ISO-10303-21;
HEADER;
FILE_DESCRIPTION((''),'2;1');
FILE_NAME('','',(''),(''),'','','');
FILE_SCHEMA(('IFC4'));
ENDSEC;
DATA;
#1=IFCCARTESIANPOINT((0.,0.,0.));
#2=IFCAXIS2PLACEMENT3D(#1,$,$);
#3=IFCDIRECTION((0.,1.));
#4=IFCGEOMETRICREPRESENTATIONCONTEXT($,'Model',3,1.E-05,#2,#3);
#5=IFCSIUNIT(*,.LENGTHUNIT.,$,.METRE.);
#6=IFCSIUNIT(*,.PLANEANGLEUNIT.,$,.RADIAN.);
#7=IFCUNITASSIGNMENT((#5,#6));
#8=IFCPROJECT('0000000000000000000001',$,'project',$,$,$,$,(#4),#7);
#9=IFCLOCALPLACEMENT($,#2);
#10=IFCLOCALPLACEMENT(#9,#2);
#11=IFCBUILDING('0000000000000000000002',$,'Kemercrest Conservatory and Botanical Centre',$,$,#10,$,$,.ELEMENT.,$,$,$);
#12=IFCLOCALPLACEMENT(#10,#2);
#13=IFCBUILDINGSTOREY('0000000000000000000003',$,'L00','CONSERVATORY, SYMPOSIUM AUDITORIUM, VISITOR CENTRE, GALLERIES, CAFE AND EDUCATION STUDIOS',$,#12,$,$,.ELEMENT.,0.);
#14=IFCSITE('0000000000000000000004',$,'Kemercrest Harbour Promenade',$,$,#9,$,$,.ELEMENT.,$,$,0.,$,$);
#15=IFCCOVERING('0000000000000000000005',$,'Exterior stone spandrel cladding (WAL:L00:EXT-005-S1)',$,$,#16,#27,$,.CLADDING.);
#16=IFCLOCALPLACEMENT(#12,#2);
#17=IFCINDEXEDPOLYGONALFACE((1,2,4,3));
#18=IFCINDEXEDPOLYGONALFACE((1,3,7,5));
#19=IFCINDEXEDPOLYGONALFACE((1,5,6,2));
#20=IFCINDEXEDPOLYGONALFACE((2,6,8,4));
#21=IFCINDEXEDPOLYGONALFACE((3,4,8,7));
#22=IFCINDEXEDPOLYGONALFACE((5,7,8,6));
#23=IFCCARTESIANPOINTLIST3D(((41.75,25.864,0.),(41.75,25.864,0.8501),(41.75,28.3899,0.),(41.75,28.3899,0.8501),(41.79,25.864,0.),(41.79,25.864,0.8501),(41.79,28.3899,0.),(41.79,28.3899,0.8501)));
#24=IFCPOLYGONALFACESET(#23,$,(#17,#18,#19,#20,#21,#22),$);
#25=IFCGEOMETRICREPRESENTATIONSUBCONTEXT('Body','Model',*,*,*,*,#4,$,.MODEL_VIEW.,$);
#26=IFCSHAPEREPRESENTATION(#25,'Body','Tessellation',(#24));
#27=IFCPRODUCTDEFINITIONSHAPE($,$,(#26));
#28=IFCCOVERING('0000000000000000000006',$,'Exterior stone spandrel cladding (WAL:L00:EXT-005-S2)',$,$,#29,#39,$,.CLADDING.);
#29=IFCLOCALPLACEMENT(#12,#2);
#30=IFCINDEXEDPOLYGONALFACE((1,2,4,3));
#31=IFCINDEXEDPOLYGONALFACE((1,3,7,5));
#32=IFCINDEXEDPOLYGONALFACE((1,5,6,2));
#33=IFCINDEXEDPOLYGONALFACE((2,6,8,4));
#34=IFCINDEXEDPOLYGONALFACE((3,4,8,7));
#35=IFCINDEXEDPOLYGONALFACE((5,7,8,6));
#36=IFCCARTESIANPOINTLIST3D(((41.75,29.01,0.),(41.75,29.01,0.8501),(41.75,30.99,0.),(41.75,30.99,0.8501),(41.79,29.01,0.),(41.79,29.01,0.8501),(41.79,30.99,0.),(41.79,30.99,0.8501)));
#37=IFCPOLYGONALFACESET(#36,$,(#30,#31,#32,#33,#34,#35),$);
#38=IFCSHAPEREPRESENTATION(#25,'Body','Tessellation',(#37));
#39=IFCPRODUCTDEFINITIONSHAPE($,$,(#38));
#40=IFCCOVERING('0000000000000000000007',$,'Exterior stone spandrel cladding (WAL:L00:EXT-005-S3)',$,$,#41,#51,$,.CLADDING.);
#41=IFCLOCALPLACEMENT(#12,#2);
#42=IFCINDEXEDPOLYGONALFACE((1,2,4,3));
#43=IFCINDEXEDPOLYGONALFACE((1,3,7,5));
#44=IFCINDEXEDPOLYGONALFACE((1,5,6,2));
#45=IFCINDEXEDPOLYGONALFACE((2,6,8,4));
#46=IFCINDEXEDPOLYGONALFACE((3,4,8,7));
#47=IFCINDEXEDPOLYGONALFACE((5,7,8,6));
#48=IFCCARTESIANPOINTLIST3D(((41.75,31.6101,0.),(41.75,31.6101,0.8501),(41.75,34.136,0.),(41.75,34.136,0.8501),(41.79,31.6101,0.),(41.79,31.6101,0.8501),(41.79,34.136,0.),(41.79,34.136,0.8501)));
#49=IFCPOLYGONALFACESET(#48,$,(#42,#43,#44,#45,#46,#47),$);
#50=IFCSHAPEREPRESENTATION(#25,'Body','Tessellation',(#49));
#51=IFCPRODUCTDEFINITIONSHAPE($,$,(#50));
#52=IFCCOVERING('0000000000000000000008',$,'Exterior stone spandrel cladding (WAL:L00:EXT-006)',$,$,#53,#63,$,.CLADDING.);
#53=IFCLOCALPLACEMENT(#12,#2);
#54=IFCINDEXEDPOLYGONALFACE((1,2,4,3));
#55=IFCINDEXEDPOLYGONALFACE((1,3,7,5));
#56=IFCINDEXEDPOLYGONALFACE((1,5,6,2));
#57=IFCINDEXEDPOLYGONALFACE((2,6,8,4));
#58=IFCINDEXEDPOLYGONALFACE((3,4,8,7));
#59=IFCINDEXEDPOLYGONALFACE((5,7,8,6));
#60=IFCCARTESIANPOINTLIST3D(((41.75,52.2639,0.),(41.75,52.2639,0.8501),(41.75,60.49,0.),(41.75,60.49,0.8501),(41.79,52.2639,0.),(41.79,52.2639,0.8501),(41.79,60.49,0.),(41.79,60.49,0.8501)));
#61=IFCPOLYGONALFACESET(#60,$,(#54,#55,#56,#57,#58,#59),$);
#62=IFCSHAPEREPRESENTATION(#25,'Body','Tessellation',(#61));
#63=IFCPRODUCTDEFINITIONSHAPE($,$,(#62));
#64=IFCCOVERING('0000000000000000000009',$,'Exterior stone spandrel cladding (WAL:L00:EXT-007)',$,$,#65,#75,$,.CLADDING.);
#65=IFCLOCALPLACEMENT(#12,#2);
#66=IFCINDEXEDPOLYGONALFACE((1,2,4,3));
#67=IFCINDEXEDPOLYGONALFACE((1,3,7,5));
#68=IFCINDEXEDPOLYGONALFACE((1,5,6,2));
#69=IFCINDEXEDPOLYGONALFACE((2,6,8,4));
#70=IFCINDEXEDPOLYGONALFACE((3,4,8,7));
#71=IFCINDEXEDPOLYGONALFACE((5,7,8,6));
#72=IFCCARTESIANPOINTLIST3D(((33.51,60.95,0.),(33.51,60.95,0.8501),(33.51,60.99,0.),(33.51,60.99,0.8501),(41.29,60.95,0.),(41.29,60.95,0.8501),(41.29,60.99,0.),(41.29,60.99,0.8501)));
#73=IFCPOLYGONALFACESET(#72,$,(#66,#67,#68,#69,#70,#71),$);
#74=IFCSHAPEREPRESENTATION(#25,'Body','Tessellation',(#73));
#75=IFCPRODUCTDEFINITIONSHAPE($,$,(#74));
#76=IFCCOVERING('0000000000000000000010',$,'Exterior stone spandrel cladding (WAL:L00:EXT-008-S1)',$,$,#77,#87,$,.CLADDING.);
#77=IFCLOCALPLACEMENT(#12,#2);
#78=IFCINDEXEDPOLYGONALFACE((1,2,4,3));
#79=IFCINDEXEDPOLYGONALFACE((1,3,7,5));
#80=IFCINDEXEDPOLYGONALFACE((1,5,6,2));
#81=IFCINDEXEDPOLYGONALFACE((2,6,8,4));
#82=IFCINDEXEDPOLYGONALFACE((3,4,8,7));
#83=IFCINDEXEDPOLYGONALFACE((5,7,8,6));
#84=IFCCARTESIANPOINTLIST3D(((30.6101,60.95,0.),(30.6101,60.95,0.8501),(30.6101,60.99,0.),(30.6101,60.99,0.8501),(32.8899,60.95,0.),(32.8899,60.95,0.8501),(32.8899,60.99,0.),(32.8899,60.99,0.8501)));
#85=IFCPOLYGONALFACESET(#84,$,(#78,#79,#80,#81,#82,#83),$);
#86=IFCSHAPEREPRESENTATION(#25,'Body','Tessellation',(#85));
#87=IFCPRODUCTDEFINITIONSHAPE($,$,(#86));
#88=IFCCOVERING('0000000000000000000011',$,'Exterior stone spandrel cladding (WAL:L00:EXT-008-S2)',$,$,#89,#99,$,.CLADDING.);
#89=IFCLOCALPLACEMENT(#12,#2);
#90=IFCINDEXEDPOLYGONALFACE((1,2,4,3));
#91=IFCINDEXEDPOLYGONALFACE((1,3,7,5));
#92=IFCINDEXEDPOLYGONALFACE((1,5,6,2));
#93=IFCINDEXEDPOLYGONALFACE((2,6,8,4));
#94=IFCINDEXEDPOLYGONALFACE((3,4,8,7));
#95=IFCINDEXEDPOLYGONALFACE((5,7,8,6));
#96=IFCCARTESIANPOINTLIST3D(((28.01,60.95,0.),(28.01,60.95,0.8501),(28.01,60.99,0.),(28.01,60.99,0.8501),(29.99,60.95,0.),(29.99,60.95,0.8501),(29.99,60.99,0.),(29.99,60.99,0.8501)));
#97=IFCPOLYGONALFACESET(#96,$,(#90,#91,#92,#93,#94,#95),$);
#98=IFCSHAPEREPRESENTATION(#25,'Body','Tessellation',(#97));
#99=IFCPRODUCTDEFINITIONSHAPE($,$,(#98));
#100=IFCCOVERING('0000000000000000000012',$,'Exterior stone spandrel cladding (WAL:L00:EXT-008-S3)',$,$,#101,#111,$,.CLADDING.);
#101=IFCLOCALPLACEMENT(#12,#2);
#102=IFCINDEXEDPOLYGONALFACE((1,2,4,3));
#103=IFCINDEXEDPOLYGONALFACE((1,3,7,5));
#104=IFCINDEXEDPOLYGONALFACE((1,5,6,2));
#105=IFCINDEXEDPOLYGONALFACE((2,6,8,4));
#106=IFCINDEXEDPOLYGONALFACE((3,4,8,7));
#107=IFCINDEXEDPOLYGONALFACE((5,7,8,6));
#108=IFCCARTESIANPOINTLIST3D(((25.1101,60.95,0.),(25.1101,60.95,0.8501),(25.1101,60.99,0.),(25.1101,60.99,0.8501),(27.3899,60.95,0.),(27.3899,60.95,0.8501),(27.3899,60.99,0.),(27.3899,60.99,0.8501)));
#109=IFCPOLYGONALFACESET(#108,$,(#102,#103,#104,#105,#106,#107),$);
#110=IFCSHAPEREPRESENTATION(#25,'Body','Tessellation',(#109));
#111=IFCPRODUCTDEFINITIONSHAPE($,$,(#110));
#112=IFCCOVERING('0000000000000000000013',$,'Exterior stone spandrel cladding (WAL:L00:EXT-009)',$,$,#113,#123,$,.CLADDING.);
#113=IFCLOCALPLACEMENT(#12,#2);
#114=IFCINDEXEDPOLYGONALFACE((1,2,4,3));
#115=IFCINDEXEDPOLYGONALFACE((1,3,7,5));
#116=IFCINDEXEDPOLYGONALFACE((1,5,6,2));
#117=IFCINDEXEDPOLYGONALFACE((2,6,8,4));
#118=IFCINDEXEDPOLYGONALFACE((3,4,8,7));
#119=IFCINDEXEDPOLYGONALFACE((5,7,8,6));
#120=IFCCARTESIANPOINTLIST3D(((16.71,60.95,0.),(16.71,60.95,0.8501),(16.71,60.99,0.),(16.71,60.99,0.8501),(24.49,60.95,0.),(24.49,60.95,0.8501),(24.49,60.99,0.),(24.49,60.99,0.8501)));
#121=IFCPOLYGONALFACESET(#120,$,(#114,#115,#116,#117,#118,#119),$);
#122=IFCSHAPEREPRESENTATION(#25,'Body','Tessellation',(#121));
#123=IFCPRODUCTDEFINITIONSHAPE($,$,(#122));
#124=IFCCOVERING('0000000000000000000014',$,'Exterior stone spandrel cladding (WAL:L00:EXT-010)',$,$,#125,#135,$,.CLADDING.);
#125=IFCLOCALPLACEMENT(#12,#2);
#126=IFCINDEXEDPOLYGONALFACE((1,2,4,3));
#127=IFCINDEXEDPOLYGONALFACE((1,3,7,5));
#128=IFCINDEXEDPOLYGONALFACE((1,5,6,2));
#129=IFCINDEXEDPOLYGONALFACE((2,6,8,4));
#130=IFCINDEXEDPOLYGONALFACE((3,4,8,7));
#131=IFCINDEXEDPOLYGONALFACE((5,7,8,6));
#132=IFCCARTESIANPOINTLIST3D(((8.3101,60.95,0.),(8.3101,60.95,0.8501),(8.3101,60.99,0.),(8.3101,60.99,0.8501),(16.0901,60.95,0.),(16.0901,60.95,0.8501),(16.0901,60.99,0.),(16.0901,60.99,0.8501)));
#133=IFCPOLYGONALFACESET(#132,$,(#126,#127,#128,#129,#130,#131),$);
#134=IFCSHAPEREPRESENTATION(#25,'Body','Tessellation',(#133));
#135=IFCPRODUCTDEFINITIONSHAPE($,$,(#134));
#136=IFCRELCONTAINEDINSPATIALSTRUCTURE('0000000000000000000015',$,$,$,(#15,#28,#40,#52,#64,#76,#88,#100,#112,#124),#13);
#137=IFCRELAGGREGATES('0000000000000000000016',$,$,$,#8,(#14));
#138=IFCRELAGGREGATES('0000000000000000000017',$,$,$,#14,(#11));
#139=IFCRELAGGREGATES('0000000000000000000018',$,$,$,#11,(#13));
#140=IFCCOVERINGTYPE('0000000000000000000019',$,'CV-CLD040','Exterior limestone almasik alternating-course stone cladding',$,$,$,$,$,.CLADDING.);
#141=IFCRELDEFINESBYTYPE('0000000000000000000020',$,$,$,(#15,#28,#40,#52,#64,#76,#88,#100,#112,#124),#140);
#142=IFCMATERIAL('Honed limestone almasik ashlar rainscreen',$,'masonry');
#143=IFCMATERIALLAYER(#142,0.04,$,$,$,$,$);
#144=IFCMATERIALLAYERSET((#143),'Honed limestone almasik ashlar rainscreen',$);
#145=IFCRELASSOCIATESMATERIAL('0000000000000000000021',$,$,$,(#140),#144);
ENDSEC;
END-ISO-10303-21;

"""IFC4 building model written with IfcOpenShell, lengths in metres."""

from ifc_helpers import new_model, si_unit, direction, origin, place, context, subcontext, project, spatial, polyline, outline, extrude, material, layer, layer_set, type_object, element, save


model = new_model("IFC4")

# Units and contexts
model_context = context("Model", 3, precision=1e-05, world=origin(), true_north=direction((0.0, 1.0)))
body_context = subcontext(model_context, "Body", "Model", "MODEL_VIEW")
ifc_project = project(units=[si_unit("LENGTHUNIT", "METRE"), si_unit("PLANEANGLEUNIT", "RADIAN")], contexts=[model_context])

# Site, building, storey
site_placement = place(None, origin())
site = spatial("IfcSite", under=ifc_project, at=site_placement, Name="Kemercrest Harbour Promenade", CompositionType="ELEMENT", RefElevation=0.0)
building_placement = place(site_placement, origin())
building = spatial("IfcBuilding", under=site, at=building_placement, Name="Kemercrest Conservatory and Botanical Centre", CompositionType="ELEMENT")
storey_placement = place(building_placement, origin())
storey = spatial("IfcBuildingStorey", under=building, at=storey_placement, Name="L00", Description="CONSERVATORY, SYMPOSIUM AUDITORIUM, VISITOR CENTRE, GALLERIES, CAFE AND EDUCATION STUDIOS", CompositionType="ELEMENT", Elevation=0.0)

# Coverings
ifc_material_1 = material(Name="Honed limestone almasik ashlar rainscreen", Category="masonry")
ifc_layer_1 = layer(ifc_material_1, 0.04)
ifc_layer_set_1 = layer_set([ifc_layer_1], Name="Honed limestone almasik ashlar rainscreen")
covering_type = type_object("IfcCoveringType", Name="CV-CLD040", Description="Exterior limestone almasik alternating-course stone cladding", PredefinedType="CLADDING", material=ifc_layer_set_1)
covering_1_placement = place(storey_placement, origin())
element("IfcCovering", 1, at=covering_1_placement, inside=storey, type_object=covering_type, Name="Exterior stone spandrel cladding (WAL:L00:EXT-005-S1)", PredefinedType="CLADDING", context=body_context, shape_type="SweptSolid", body=[
    extrude(outline(polyline([(41.75, 25.864), (41.79, 25.864), (41.79, 28.3899), (41.75, 28.3899), (41.75, 25.864)])), origin(), (0.0, 0.0, 1.0), 0.8501),
])
covering_2_placement = place(storey_placement, origin())
element("IfcCovering", 2, at=covering_2_placement, inside=storey, type_object=covering_type, Name="Exterior stone spandrel cladding (WAL:L00:EXT-005-S2)", PredefinedType="CLADDING", context=body_context, shape_type="SweptSolid", body=[
    extrude(outline(polyline([(41.75, 29.01), (41.79, 29.01), (41.79, 30.99), (41.75, 30.99), (41.75, 29.01)])), origin(), (0.0, 0.0, 1.0), 0.8501),
])
covering_3_placement = place(storey_placement, origin())
element("IfcCovering", 3, at=covering_3_placement, inside=storey, type_object=covering_type, Name="Exterior stone spandrel cladding (WAL:L00:EXT-005-S3)", PredefinedType="CLADDING", context=body_context, shape_type="SweptSolid", body=[
    extrude(outline(polyline([(41.75, 31.6101), (41.79, 31.6101), (41.79, 34.136), (41.75, 34.136), (41.75, 31.6101)])), origin(), (0.0, 0.0, 1.0), 0.8501),
])
covering_4_placement = place(storey_placement, origin())
element("IfcCovering", 4, at=covering_4_placement, inside=storey, type_object=covering_type, Name="Exterior stone spandrel cladding (WAL:L00:EXT-006)", PredefinedType="CLADDING", context=body_context, shape_type="SweptSolid", body=[
    extrude(outline(polyline([(41.75, 52.2639), (41.79, 52.2639), (41.79, 60.49), (41.75, 60.49), (41.75, 52.2639)])), origin(), (0.0, 0.0, 1.0), 0.8501),
])
covering_5_placement = place(storey_placement, origin())
element("IfcCovering", 5, at=covering_5_placement, inside=storey, type_object=covering_type, Name="Exterior stone spandrel cladding (WAL:L00:EXT-007)", PredefinedType="CLADDING", context=body_context, shape_type="SweptSolid", body=[
    extrude(outline(polyline([(41.29, 60.95), (41.29, 60.99), (33.51, 60.99), (33.51, 60.95), (41.29, 60.95)])), origin(), (0.0, 0.0, 1.0), 0.8501),
])
covering_6_placement = place(storey_placement, origin())
element("IfcCovering", 6, at=covering_6_placement, inside=storey, type_object=covering_type, Name="Exterior stone spandrel cladding (WAL:L00:EXT-008-S1)", PredefinedType="CLADDING", context=body_context, shape_type="SweptSolid", body=[
    extrude(outline(polyline([(32.8899, 60.95), (32.8899, 60.99), (30.6101, 60.99), (30.6101, 60.95), (32.8899, 60.95)])), origin(), (0.0, 0.0, 1.0), 0.8501),
])
covering_7_placement = place(storey_placement, origin())
element("IfcCovering", 7, at=covering_7_placement, inside=storey, type_object=covering_type, Name="Exterior stone spandrel cladding (WAL:L00:EXT-008-S2)", PredefinedType="CLADDING", context=body_context, shape_type="SweptSolid", body=[
    extrude(outline(polyline([(29.99, 60.95), (29.99, 60.99), (28.01, 60.99), (28.01, 60.95), (29.99, 60.95)])), origin(), (0.0, 0.0, 1.0), 0.8501),
])
covering_8_placement = place(storey_placement, origin())
element("IfcCovering", 8, at=covering_8_placement, inside=storey, type_object=covering_type, Name="Exterior stone spandrel cladding (WAL:L00:EXT-008-S3)", PredefinedType="CLADDING", context=body_context, shape_type="SweptSolid", body=[
    extrude(outline(polyline([(27.3899, 60.95), (27.3899, 60.99), (25.1101, 60.99), (25.1101, 60.95), (27.3899, 60.95)])), origin(), (0.0, 0.0, 1.0), 0.8501),
])
covering_9_placement = place(storey_placement, origin())
element("IfcCovering", 9, at=covering_9_placement, inside=storey, type_object=covering_type, Name="Exterior stone spandrel cladding (WAL:L00:EXT-009)", PredefinedType="CLADDING", context=body_context, shape_type="SweptSolid", body=[
    extrude(outline(polyline([(24.49, 60.95), (24.49, 60.99), (16.71, 60.99), (16.71, 60.95), (24.49, 60.95)])), origin(), (0.0, 0.0, 1.0), 0.8501),
])
covering_10_placement = place(storey_placement, origin())
element("IfcCovering", 10, at=covering_10_placement, inside=storey, type_object=covering_type, Name="Exterior stone spandrel cladding (WAL:L00:EXT-010)", PredefinedType="CLADDING", context=body_context, shape_type="SweptSolid", body=[
    extrude(outline(polyline([(16.0901, 60.95), (16.0901, 60.99), (8.3101, 60.99), (8.3101, 60.95), (16.0901, 60.95)])), origin(), (0.0, 0.0, 1.0), 0.8501),
])

save(model, "model.ifc")
